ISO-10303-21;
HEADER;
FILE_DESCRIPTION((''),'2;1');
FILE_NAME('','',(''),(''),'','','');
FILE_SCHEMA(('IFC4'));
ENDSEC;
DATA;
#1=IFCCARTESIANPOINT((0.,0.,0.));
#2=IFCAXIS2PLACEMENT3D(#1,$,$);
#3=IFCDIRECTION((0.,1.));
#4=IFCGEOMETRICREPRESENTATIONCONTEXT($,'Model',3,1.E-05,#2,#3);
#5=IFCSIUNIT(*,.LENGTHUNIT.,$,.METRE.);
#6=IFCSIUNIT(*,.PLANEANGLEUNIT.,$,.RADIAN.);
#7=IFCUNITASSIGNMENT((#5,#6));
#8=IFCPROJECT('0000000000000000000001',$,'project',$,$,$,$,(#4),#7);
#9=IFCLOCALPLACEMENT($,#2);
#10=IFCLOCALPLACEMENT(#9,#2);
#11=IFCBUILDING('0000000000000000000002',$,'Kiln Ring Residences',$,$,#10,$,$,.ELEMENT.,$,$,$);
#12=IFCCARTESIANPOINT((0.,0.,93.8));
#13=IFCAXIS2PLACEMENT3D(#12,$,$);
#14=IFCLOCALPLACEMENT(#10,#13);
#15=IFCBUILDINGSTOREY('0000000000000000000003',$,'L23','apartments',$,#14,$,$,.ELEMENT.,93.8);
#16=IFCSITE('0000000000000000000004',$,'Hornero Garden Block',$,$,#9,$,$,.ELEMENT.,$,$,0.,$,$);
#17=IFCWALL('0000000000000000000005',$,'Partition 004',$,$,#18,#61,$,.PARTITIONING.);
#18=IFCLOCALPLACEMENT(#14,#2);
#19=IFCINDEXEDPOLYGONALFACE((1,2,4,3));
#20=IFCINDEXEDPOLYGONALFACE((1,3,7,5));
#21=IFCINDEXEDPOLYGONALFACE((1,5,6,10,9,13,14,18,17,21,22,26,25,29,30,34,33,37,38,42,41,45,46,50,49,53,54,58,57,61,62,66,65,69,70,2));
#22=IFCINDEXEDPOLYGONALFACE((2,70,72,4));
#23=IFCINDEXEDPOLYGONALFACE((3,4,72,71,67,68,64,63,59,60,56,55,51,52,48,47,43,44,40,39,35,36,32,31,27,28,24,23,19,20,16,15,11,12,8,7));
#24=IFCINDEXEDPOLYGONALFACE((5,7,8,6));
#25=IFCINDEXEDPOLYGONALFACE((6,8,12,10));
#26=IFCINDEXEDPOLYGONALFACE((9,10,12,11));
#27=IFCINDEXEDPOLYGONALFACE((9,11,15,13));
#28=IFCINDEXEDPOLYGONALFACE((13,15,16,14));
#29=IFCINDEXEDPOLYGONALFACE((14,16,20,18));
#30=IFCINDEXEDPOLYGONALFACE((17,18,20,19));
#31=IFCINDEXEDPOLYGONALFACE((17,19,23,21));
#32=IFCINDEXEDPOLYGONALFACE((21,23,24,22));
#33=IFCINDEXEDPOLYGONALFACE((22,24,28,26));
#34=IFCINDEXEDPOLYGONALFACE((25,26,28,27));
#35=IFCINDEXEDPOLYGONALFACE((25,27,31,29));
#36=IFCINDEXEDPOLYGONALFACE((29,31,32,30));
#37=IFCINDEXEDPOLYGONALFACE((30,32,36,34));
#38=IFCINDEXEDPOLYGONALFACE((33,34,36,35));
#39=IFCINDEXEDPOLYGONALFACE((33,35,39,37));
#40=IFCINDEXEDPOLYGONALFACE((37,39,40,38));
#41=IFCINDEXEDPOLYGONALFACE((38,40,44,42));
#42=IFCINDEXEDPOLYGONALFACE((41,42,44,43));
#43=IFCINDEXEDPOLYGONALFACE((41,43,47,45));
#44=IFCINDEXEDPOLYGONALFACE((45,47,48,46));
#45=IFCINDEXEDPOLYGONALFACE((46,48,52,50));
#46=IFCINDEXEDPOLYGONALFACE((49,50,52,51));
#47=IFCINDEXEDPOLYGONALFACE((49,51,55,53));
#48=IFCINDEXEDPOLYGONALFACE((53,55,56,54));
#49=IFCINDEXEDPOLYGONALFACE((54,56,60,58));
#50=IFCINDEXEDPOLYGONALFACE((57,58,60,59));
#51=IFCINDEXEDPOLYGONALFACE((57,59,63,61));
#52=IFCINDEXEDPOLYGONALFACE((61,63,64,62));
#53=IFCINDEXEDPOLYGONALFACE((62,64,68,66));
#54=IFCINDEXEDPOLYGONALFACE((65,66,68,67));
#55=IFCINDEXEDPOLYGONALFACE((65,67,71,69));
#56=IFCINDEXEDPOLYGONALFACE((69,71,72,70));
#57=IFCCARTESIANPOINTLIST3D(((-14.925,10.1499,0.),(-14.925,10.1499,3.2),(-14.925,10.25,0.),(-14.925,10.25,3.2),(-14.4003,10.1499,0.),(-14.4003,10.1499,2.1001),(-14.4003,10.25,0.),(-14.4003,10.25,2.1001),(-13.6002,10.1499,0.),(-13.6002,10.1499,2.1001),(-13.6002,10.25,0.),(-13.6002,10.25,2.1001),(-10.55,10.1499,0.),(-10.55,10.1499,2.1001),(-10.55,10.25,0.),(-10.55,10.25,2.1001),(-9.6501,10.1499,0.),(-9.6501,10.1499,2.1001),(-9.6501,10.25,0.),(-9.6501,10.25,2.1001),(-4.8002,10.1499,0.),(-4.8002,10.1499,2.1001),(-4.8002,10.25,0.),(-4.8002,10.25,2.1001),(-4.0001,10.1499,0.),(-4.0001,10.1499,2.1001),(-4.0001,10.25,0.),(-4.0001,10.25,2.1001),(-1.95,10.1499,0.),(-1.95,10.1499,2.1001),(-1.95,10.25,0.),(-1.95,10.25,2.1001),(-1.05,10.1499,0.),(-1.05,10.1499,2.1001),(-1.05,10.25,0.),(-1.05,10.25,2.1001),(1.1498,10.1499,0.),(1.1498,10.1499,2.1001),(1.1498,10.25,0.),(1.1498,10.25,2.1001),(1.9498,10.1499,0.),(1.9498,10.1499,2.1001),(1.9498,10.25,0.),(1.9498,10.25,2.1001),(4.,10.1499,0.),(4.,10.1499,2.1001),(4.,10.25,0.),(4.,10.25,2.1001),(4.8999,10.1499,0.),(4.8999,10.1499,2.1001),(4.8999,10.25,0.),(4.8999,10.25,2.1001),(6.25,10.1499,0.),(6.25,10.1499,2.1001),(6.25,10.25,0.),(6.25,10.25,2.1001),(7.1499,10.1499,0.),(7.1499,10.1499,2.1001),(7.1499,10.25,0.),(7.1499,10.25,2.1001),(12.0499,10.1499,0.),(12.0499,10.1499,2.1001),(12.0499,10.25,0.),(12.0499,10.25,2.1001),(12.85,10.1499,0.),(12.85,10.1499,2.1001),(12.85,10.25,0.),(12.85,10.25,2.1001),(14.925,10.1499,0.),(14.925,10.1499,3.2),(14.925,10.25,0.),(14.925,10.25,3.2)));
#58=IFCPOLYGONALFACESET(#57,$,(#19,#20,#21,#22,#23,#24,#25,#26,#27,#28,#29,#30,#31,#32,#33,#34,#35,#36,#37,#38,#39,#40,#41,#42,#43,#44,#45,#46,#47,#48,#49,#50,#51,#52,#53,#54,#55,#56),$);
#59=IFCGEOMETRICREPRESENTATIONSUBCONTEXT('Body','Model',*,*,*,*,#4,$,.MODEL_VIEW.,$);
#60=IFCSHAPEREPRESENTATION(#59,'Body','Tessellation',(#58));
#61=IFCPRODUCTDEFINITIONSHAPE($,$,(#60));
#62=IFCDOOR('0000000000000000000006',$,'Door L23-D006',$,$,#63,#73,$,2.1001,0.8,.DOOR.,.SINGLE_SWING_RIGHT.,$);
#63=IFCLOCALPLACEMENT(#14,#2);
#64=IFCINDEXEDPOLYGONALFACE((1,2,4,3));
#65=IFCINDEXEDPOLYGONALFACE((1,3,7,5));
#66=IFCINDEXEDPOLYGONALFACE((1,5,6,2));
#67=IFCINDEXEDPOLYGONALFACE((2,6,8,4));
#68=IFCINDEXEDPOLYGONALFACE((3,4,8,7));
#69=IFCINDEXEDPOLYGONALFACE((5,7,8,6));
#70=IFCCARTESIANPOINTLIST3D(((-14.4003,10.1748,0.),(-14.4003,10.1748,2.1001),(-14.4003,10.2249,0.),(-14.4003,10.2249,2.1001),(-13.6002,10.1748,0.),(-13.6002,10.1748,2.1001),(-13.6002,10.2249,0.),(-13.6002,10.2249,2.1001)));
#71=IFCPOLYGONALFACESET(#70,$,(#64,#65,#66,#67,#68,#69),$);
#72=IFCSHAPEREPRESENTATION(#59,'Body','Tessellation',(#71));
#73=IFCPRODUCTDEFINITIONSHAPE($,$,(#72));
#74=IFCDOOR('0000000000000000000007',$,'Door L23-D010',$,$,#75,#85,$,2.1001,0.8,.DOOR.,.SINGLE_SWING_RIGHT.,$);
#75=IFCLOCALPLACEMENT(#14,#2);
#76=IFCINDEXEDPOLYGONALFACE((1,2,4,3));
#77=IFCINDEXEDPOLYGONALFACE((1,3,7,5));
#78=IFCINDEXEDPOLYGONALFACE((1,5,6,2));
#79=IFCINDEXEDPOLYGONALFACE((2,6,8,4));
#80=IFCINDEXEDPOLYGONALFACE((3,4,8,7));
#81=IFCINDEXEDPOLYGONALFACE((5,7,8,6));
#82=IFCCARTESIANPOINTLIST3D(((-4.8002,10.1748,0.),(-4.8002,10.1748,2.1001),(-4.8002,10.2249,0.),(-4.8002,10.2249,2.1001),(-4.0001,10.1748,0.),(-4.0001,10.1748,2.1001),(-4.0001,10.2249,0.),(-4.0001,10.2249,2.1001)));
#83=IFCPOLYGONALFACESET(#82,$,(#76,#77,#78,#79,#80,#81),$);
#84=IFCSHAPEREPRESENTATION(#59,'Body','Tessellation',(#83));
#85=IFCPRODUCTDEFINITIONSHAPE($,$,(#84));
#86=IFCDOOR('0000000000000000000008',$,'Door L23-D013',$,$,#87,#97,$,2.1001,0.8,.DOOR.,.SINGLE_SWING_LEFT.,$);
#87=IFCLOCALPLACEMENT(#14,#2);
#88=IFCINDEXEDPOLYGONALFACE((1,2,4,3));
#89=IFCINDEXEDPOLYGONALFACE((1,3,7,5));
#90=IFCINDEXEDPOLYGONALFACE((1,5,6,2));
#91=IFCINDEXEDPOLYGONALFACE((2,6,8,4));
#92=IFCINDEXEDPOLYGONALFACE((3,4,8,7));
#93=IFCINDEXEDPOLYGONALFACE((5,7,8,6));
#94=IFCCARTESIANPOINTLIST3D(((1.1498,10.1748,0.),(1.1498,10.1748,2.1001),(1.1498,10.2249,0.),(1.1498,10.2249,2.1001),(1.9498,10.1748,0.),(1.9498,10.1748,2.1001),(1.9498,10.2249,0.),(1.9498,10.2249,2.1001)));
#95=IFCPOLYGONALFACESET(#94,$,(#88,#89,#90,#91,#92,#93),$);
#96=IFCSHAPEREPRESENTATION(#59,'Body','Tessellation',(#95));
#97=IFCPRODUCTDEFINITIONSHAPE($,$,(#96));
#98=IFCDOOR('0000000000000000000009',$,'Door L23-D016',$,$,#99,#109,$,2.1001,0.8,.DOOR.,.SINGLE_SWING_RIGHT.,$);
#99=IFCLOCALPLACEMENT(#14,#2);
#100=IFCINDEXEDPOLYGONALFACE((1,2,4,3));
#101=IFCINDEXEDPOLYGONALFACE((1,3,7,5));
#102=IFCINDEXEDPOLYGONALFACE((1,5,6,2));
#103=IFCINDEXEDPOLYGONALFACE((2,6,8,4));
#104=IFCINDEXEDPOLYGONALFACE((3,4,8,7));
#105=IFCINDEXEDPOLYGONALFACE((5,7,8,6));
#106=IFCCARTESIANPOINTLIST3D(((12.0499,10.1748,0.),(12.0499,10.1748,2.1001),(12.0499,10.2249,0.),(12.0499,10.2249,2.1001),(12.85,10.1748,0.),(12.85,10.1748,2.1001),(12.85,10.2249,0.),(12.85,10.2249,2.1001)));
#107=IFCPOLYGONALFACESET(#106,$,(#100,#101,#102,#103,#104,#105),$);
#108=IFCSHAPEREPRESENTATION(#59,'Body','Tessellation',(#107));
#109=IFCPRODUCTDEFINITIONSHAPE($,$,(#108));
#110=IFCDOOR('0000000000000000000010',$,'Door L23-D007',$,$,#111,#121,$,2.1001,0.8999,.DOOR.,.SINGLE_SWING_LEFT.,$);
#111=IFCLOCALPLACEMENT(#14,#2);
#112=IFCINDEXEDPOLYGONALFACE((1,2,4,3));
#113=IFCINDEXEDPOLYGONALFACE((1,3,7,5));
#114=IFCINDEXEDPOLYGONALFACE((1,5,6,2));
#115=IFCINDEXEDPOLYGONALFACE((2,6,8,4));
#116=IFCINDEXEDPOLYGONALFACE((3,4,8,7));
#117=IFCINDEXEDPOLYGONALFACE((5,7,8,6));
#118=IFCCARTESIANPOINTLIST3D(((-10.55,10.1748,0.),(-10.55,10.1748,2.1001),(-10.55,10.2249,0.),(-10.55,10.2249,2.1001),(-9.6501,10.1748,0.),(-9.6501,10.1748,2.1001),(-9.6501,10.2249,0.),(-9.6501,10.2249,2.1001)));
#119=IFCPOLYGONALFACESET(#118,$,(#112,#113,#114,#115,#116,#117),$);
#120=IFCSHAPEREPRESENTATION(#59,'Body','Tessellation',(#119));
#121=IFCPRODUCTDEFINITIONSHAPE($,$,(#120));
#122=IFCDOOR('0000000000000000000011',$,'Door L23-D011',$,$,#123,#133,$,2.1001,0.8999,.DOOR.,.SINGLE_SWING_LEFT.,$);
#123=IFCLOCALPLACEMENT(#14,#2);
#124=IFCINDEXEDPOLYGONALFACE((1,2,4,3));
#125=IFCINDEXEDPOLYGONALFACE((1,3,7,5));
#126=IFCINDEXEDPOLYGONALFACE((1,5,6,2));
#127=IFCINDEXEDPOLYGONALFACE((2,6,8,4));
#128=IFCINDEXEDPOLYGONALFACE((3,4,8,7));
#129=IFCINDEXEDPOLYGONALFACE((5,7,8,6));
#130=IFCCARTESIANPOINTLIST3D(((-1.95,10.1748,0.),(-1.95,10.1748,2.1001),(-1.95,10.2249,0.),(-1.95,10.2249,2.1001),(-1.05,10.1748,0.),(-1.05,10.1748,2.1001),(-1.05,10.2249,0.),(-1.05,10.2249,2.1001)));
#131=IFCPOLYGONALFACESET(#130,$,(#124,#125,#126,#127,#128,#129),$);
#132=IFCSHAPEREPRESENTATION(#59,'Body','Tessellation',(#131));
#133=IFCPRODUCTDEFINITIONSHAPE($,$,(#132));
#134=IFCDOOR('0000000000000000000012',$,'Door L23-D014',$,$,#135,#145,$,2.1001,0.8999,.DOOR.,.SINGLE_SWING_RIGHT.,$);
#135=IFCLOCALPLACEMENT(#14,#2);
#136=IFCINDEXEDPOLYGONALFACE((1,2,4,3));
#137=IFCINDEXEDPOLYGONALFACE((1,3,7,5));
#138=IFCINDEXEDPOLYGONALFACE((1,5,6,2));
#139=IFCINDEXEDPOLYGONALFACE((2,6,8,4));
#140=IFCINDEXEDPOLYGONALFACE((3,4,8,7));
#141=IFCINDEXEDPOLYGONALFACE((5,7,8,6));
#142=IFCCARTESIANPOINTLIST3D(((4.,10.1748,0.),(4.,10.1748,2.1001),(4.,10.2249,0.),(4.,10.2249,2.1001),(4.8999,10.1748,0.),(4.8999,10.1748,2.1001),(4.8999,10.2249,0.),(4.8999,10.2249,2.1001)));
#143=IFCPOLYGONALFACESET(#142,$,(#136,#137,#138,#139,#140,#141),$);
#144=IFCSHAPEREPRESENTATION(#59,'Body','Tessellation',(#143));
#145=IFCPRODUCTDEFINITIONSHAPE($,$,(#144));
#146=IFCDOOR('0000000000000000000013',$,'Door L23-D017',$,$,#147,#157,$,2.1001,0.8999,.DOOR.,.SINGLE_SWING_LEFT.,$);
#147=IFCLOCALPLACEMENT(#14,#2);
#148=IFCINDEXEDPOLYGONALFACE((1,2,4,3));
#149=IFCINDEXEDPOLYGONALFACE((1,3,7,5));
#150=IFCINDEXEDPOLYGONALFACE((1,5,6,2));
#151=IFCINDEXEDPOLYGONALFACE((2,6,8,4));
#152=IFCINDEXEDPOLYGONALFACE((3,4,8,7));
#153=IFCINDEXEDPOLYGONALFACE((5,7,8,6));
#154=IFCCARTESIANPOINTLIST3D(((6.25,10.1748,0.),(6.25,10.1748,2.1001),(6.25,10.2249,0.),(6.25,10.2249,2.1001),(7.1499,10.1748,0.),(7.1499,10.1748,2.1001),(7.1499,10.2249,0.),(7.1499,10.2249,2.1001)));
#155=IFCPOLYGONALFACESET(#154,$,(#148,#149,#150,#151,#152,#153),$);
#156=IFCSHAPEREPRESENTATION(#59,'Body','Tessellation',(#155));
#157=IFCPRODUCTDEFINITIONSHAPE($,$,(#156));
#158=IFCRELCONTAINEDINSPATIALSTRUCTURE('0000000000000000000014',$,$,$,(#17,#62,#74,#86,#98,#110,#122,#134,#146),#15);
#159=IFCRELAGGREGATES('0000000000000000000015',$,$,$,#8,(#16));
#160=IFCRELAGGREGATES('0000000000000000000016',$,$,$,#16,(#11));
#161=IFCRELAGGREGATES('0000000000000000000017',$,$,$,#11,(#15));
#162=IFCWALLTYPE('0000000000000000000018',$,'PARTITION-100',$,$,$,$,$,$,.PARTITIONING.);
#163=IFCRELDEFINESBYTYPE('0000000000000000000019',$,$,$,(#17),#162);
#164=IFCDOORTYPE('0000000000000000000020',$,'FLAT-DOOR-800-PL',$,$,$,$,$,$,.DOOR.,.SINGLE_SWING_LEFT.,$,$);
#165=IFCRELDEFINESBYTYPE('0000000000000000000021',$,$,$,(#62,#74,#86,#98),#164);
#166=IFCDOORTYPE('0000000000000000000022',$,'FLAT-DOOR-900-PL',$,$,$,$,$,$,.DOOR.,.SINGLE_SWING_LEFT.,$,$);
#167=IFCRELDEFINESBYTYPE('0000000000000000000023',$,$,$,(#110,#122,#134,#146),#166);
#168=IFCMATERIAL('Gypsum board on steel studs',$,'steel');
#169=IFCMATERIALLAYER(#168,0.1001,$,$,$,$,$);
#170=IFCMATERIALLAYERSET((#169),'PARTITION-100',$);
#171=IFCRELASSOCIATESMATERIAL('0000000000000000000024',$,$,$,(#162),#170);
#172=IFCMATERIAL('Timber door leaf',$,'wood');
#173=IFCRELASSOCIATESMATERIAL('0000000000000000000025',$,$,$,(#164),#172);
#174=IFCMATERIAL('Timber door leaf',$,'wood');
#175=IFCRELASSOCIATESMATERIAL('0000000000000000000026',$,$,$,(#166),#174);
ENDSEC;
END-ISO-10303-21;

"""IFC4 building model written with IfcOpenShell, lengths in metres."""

from ifc_helpers import new_model, si_unit, direction, frame, frame_2d, origin, place, context, subcontext, project, spatial, rectangle, extrude, material, layer, layer_set, type_object, element, fill, save


model = new_model("IFC4")

# Units and contexts
model_context = context("Model", 3, precision=1e-05, world=origin(), true_north=direction((0.0, 1.0)))
body_context = subcontext(model_context, "Body", "Model", "MODEL_VIEW")
ifc_project = project(units=[si_unit("LENGTHUNIT", "METRE"), si_unit("PLANEANGLEUNIT", "RADIAN")], contexts=[model_context])

# Site, building, storey
site_placement = place(None, origin())
site = spatial("IfcSite", under=ifc_project, at=site_placement, Name="Hornero Garden Block", CompositionType="ELEMENT", RefElevation=0.0)
building_placement = place(site_placement, origin())
building = spatial("IfcBuilding", under=site, at=building_placement, Name="Kiln Ring Residences", CompositionType="ELEMENT")
storey_placement = place(building_placement, frame((0.0, 0.0, 93.8)))
storey = spatial("IfcBuildingStorey", under=building, at=storey_placement, Name="L23", Description="apartments", CompositionType="ELEMENT", Elevation=93.8)

# Wall, openings, doors
ifc_material_1 = material(Name="Gypsum board on steel studs", Category="steel")
ifc_layer_1 = layer(ifc_material_1, 0.1001)
ifc_layer_set_1 = layer_set([ifc_layer_1], Name="PARTITION-100")
wall_type_1 = type_object("IfcWallType", Name="PARTITION-100", PredefinedType="PARTITIONING", material=ifc_layer_set_1)
wall_1_placement = place(storey_placement, frame((-14.925, 10.2, 0.0), z_axis=(0.0, 0.0, 1.0), x_axis=(1.0, 0.0, 0.0)))
wall_1 = element("IfcWall", 1, at=wall_1_placement, inside=storey, type_object=wall_type_1, Name="Partition 004", PredefinedType="PARTITIONING", context=body_context, shape_type="SweptSolid", body=[
    extrude(rectangle(XDim=29.8501, YDim=0.1001, at=frame_2d((14.925, 0.0))), origin(), (0.0, 0.0, 1.0), 3.2),
])
opening_1_placement = place(wall_1_placement, frame((0.5249, 0.0, 0.0)))
opening_1 = element("IfcOpeningElement", 2, at=opening_1_placement, cuts=wall_1, PredefinedType="OPENING", context=body_context, shape_type="SweptSolid", body=[
    extrude(rectangle(XDim=0.8, YDim=2.1001, at=frame_2d((0.3999, 1.05))), frame((0.0, 0.0601, 0.0), z_axis=(0.0, -1.0, 0.0), x_axis=(1.0, 0.0, 0.0)), (0.0, 0.0, 1.0), 0.1201),
])
opening_2_placement = place(wall_1_placement, frame((4.375, 0.0, 0.0)))
opening_2 = element("IfcOpeningElement", 3, at=opening_2_placement, cuts=wall_1, PredefinedType="OPENING", context=body_context, shape_type="SweptSolid", body=[
    extrude(rectangle(XDim=0.8999, YDim=2.1001, at=frame_2d((0.45, 1.05))), frame((0.0, 0.0601, 0.0), z_axis=(0.0, -1.0, 0.0), x_axis=(1.0, 0.0, 0.0)), (0.0, 0.0, 1.0), 0.1201),
])
opening_3_placement = place(wall_1_placement, frame((10.125, 0.0, 0.0)))
opening_3 = element("IfcOpeningElement", 4, at=opening_3_placement, cuts=wall_1, PredefinedType="OPENING", context=body_context, shape_type="SweptSolid", body=[
    extrude(rectangle(XDim=0.8, YDim=2.1001, at=frame_2d((0.3999, 1.05))), frame((0.0, 0.0601, 0.0), z_axis=(0.0, -1.0, 0.0), x_axis=(1.0, 0.0, 0.0)), (0.0, 0.0, 1.0), 0.1201),
])
opening_4_placement = place(wall_1_placement, frame((12.9751, 0.0, 0.0)))
opening_4 = element("IfcOpeningElement", 5, at=opening_4_placement, cuts=wall_1, PredefinedType="OPENING", context=body_context, shape_type="SweptSolid", body=[
    extrude(rectangle(XDim=0.8999, YDim=2.1001, at=frame_2d((0.45, 1.05))), frame((0.0, 0.0601, 0.0), z_axis=(0.0, -1.0, 0.0), x_axis=(1.0, 0.0, 0.0)), (0.0, 0.0, 1.0), 0.1201),
])
opening_5_placement = place(wall_1_placement, frame((16.075, 0.0, 0.0)))
opening_5 = element("IfcOpeningElement", 6, at=opening_5_placement, cuts=wall_1, PredefinedType="OPENING", context=body_context, shape_type="SweptSolid", body=[
    extrude(rectangle(XDim=0.8, YDim=2.1001, at=frame_2d((0.3999, 1.05))), frame((0.0, 0.0601, 0.0), z_axis=(0.0, -1.0, 0.0), x_axis=(1.0, 0.0, 0.0)), (0.0, 0.0, 1.0), 0.1201),
])
opening_6_placement = place(wall_1_placement, frame((18.925, 0.0, 0.0)))
opening_6 = element("IfcOpeningElement", 7, at=opening_6_placement, cuts=wall_1, PredefinedType="OPENING", context=body_context, shape_type="SweptSolid", body=[
    extrude(rectangle(XDim=0.8999, YDim=2.1001, at=frame_2d((0.45, 1.05))), frame((0.0, 0.0601, 0.0), z_axis=(0.0, -1.0, 0.0), x_axis=(1.0, 0.0, 0.0)), (0.0, 0.0, 1.0), 0.1201),
])
opening_7_placement = place(wall_1_placement, frame((26.9751, 0.0, 0.0)))
opening_7 = element("IfcOpeningElement", 8, at=opening_7_placement, cuts=wall_1, PredefinedType="OPENING", context=body_context, shape_type="SweptSolid", body=[
    extrude(rectangle(XDim=0.8, YDim=2.1001, at=frame_2d((0.3999, 1.05))), frame((0.0, 0.0601, 0.0), z_axis=(0.0, -1.0, 0.0), x_axis=(1.0, 0.0, 0.0)), (0.0, 0.0, 1.0), 0.1201),
])
opening_8_placement = place(wall_1_placement, frame((21.175, 0.0, 0.0)))
opening_8 = element("IfcOpeningElement", 9, at=opening_8_placement, cuts=wall_1, PredefinedType="OPENING", context=body_context, shape_type="SweptSolid", body=[
    extrude(rectangle(XDim=0.8999, YDim=2.1001, at=frame_2d((0.45, 1.05))), frame((0.0, 0.0601, 0.0), z_axis=(0.0, -1.0, 0.0), x_axis=(1.0, 0.0, 0.0)), (0.0, 0.0, 1.0), 0.1201),
])
ifc_material_2 = material(Name="Timber door leaf", Category="wood")
door_type_1 = type_object("IfcDoorType", Name="FLAT-DOOR-800-PL", OperationType="SINGLE_SWING_LEFT", PredefinedType="DOOR", material=ifc_material_2)
door_1_placement = place(opening_1_placement, origin())
door_1 = element("IfcDoor", 10, at=door_1_placement, inside=storey, type_object=door_type_1, Name="Door L23-D006", OperationType="SINGLE_SWING_RIGHT", OverallHeight=2.1001, OverallWidth=0.8, PredefinedType="DOOR", context=body_context, shape_type="SweptSolid", body=[
    extrude(rectangle(XDim=0.8, YDim=2.1001, at=frame_2d((0.3999, 1.05))), frame((0.0, 0.0249, 0.0), z_axis=(0.0, -1.0, 0.0), x_axis=(1.0, 0.0, 0.0)), (0.0, 0.0, 1.0), 0.05),
])
fill(opening_1, door_1)
door_2_placement = place(opening_3_placement, origin())
door_2 = element("IfcDoor", 11, at=door_2_placement, inside=storey, type_object=door_type_1, Name="Door L23-D010", OperationType="SINGLE_SWING_RIGHT", OverallHeight=2.1001, OverallWidth=0.8, PredefinedType="DOOR", context=body_context, shape_type="SweptSolid", body=[
    extrude(rectangle(XDim=0.8, YDim=2.1001, at=frame_2d((0.3999, 1.05))), frame((0.0, 0.0249, 0.0), z_axis=(0.0, -1.0, 0.0), x_axis=(1.0, 0.0, 0.0)), (0.0, 0.0, 1.0), 0.05),
])
fill(opening_3, door_2)
door_3_placement = place(opening_5_placement, origin())
door_3 = element("IfcDoor", 12, at=door_3_placement, inside=storey, type_object=door_type_1, Name="Door L23-D013", OperationType="SINGLE_SWING_LEFT", OverallHeight=2.1001, OverallWidth=0.8, PredefinedType="DOOR", context=body_context, shape_type="SweptSolid", body=[
    extrude(rectangle(XDim=0.8, YDim=2.1001, at=frame_2d((0.3999, 1.05))), frame((0.0, 0.0249, 0.0), z_axis=(0.0, -1.0, 0.0), x_axis=(1.0, 0.0, 0.0)), (0.0, 0.0, 1.0), 0.05),
])
fill(opening_5, door_3)
door_4_placement = place(opening_7_placement, origin())
door_4 = element("IfcDoor", 13, at=door_4_placement, inside=storey, type_object=door_type_1, Name="Door L23-D016", OperationType="SINGLE_SWING_RIGHT", OverallHeight=2.1001, OverallWidth=0.8, PredefinedType="DOOR", context=body_context, shape_type="SweptSolid", body=[
    extrude(rectangle(XDim=0.8, YDim=2.1001, at=frame_2d((0.3999, 1.05))), frame((0.0, 0.0249, 0.0), z_axis=(0.0, -1.0, 0.0), x_axis=(1.0, 0.0, 0.0)), (0.0, 0.0, 1.0), 0.05),
])
fill(opening_7, door_4)
ifc_material_3 = material(Name="Timber door leaf", Category="wood")
door_type_2 = type_object("IfcDoorType", Name="FLAT-DOOR-900-PL", OperationType="SINGLE_SWING_LEFT", PredefinedType="DOOR", material=ifc_material_3)
door_5_placement = place(opening_2_placement, origin())
door_5 = element("IfcDoor", 14, at=door_5_placement, inside=storey, type_object=door_type_2, Name="Door L23-D007", OperationType="SINGLE_SWING_LEFT", OverallHeight=2.1001, OverallWidth=0.8999, PredefinedType="DOOR", context=body_context, shape_type="SweptSolid", body=[
    extrude(rectangle(XDim=0.8999, YDim=2.1001, at=frame_2d((0.45, 1.05))), frame((0.0, 0.0249, 0.0), z_axis=(0.0, -1.0, 0.0), x_axis=(1.0, 0.0, 0.0)), (0.0, 0.0, 1.0), 0.05),
])
fill(opening_2, door_5)
door_6_placement = place(opening_4_placement, origin())
door_6 = element("IfcDoor", 15, at=door_6_placement, inside=storey, type_object=door_type_2, Name="Door L23-D011", OperationType="SINGLE_SWING_LEFT", OverallHeight=2.1001, OverallWidth=0.8999, PredefinedType="DOOR", context=body_context, shape_type="SweptSolid", body=[
    extrude(rectangle(XDim=0.8999, YDim=2.1001, at=frame_2d((0.45, 1.05))), frame((0.0, 0.0249, 0.0), z_axis=(0.0, -1.0, 0.0), x_axis=(1.0, 0.0, 0.0)), (0.0, 0.0, 1.0), 0.05),
])
fill(opening_4, door_6)
door_7_placement = place(opening_6_placement, origin())
door_7 = element("IfcDoor", 16, at=door_7_placement, inside=storey, type_object=door_type_2, Name="Door L23-D014", OperationType="SINGLE_SWING_RIGHT", OverallHeight=2.1001, OverallWidth=0.8999, PredefinedType="DOOR", context=body_context, shape_type="SweptSolid", body=[
    extrude(rectangle(XDim=0.8999, YDim=2.1001, at=frame_2d((0.45, 1.05))), frame((0.0, 0.0249, 0.0), z_axis=(0.0, -1.0, 0.0), x_axis=(1.0, 0.0, 0.0)), (0.0, 0.0, 1.0), 0.05),
])
fill(opening_6, door_7)
door_8_placement = place(opening_8_placement, origin())
door_8 = element("IfcDoor", 17, at=door_8_placement, inside=storey, type_object=door_type_2, Name="Door L23-D017", OperationType="SINGLE_SWING_LEFT", OverallHeight=2.1001, OverallWidth=0.8999, PredefinedType="DOOR", context=body_context, shape_type="SweptSolid", body=[
    extrude(rectangle(XDim=0.8999, YDim=2.1001, at=frame_2d((0.45, 1.05))), frame((0.0, 0.0249, 0.0), z_axis=(0.0, -1.0, 0.0), x_axis=(1.0, 0.0, 0.0)), (0.0, 0.0, 1.0), 0.05),
])
fill(opening_8, door_8)

save(model, "model.ifc")
